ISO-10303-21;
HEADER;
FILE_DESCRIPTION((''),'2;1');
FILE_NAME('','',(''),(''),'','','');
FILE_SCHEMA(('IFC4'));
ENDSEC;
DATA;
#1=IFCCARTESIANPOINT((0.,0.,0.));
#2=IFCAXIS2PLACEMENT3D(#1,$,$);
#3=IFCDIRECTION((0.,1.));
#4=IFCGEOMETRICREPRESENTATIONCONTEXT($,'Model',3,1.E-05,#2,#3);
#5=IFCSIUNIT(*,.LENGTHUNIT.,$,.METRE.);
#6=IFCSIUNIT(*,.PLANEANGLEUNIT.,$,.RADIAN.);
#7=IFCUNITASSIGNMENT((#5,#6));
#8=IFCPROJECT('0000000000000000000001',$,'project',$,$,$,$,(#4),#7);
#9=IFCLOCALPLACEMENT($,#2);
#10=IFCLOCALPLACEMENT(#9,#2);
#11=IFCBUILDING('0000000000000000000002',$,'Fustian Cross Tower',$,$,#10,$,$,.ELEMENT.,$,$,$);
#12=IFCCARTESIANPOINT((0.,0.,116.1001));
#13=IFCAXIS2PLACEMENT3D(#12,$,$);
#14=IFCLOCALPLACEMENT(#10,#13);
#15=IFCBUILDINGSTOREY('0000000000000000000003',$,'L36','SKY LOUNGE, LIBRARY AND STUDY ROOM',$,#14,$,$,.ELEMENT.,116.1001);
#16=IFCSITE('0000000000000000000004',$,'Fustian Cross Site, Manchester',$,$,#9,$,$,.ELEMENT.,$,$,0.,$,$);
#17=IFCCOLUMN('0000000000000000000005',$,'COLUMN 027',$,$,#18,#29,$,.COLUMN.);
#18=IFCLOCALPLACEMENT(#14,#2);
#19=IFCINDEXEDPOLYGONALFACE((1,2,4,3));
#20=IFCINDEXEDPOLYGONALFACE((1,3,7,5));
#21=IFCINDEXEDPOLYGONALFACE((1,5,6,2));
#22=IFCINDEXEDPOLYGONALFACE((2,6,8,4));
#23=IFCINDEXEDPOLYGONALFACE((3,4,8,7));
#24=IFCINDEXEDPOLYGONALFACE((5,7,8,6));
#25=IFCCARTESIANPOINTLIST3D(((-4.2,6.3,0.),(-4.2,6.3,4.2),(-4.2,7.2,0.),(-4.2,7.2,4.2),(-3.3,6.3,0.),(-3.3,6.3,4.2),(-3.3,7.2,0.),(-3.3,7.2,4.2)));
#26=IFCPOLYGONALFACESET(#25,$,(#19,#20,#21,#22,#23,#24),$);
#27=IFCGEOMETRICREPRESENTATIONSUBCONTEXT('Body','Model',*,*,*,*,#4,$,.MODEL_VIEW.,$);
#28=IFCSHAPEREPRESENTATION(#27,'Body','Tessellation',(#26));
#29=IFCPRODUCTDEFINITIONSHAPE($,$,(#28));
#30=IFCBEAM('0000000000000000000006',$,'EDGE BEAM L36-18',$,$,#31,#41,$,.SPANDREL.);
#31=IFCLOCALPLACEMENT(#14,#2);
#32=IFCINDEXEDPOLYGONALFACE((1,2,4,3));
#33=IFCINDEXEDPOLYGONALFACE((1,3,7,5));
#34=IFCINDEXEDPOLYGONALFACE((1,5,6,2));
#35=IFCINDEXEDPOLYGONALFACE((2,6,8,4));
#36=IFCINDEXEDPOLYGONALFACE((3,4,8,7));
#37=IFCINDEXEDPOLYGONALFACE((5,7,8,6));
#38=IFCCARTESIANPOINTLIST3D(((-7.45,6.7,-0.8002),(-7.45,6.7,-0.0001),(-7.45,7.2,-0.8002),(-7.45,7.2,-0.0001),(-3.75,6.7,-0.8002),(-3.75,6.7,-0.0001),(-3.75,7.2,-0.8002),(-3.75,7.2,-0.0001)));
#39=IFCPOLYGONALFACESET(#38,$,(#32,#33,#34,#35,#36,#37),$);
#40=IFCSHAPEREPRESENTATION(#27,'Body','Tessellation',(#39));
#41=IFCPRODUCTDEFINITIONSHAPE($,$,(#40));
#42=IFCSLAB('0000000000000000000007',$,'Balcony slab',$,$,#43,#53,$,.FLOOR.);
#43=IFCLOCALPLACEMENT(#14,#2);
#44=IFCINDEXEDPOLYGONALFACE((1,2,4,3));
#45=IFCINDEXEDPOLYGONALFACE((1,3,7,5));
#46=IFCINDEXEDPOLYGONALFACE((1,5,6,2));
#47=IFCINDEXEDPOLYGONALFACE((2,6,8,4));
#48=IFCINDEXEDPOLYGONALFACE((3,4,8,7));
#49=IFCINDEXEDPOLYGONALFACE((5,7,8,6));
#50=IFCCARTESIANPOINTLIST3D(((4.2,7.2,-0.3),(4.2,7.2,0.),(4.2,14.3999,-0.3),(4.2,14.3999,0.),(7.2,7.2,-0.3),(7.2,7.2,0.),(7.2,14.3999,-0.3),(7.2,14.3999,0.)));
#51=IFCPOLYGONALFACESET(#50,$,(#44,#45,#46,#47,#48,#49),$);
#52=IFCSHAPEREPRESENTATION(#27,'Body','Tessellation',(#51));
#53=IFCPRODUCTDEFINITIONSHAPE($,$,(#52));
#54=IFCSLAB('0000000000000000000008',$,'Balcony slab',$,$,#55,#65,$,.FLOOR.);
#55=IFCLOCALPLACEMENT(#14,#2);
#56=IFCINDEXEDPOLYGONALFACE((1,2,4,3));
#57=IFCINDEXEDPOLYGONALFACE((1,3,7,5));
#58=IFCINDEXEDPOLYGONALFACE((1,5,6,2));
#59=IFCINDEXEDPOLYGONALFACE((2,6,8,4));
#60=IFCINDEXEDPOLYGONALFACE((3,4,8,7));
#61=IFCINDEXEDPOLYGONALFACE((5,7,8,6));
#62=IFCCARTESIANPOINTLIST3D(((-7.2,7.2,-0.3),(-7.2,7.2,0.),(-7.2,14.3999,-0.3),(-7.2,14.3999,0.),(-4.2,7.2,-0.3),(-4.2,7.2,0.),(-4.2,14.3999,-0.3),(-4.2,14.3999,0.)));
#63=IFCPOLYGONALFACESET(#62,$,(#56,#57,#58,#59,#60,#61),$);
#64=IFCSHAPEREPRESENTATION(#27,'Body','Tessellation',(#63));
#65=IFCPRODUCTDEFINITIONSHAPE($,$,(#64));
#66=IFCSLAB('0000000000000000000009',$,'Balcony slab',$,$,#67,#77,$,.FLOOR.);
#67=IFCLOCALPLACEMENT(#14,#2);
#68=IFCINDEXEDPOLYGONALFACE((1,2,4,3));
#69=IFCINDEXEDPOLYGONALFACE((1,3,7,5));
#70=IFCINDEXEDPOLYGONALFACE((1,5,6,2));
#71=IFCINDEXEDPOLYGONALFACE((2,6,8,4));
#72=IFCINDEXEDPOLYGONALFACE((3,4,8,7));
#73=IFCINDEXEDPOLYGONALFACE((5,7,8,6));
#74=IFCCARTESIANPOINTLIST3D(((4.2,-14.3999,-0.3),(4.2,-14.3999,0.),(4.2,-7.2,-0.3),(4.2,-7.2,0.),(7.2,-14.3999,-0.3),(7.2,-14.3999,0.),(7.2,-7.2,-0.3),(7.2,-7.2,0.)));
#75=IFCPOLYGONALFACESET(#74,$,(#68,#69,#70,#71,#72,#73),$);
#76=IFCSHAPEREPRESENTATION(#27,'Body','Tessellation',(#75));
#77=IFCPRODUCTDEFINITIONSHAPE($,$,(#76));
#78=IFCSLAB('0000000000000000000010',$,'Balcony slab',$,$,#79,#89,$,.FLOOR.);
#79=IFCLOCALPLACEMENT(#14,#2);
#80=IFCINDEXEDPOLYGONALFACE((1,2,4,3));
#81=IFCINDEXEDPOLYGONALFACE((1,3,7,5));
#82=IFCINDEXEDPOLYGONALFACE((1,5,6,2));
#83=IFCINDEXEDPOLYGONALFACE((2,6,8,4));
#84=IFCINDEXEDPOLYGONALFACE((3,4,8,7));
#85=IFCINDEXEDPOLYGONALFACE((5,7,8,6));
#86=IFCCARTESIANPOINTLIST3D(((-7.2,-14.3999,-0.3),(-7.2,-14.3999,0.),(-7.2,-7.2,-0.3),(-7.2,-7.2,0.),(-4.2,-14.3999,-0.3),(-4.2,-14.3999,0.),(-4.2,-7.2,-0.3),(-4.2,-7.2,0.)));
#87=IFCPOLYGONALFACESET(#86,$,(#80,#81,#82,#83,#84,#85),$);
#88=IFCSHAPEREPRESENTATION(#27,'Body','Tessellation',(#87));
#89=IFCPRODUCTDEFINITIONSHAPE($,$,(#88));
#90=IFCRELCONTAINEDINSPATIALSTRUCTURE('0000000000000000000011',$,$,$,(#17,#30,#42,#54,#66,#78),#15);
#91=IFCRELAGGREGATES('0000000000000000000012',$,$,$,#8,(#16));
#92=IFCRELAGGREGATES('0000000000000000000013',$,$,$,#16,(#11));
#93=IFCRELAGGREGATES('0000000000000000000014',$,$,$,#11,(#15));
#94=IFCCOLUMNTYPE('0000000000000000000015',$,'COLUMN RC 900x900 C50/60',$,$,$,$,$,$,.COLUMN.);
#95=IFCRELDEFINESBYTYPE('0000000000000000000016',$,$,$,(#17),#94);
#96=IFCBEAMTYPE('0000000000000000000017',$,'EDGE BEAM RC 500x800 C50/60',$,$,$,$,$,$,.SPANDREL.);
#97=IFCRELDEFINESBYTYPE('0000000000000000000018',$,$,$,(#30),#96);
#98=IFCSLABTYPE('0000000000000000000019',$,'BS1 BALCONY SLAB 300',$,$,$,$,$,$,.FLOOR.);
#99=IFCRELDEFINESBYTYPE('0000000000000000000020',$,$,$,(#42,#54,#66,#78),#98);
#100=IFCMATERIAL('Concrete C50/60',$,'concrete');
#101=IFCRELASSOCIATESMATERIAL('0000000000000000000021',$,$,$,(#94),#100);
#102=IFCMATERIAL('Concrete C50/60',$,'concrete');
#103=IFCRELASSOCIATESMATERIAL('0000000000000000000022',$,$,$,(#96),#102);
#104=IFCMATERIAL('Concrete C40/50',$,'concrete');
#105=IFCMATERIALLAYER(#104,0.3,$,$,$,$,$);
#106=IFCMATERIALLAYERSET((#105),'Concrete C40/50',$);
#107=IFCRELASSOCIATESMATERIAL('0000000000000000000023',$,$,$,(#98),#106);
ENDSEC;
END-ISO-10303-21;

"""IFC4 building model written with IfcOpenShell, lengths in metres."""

from ifc_helpers import new_model, si_unit, direction, frame, origin, origin_2d, place, context, subcontext, project, spatial, polyline, rectangle, outline, extrude, material, layer, layer_set, material_profile, profile_set, type_object, element, save


model = new_model("IFC4")

# Units and contexts
model_context = context("Model", 3, precision=1e-05, world=origin(), true_north=direction((0.0, 1.0)))
body_context = subcontext(model_context, "Body", "Model", "MODEL_VIEW")
ifc_project = project(units=[si_unit("LENGTHUNIT", "METRE"), si_unit("PLANEANGLEUNIT", "RADIAN")], contexts=[model_context])

# Site, building, storey
site_placement = place(None, origin())
site = spatial("IfcSite", under=ifc_project, at=site_placement, Name="Fustian Cross Site, Manchester", CompositionType="ELEMENT", RefElevation=0.0)
building_placement = place(site_placement, origin())
building = spatial("IfcBuilding", under=site, at=building_placement, Name="Fustian Cross Tower", CompositionType="ELEMENT")
storey_placement = place(building_placement, frame((0.0, 0.0, 116.1001)))
storey = spatial("IfcBuildingStorey", under=building, at=storey_placement, Name="L36", Description="SKY LOUNGE, LIBRARY AND STUDY ROOM", CompositionType="ELEMENT", Elevation=116.1001)

# Column
ifc_material_1 = material(Name="Concrete C50/60", Category="concrete")
ifc_material_profile_1 = material_profile(ifc_material_1, rectangle(XDim=0.8999, YDim=0.8999, at=origin_2d()), Name="RC 900x900")
ifc_profile_set_1 = profile_set([ifc_material_profile_1], Name="Concrete C50/60")
column_type = type_object("IfcColumnType", Name="COLUMN RC 900x900 C50/60", PredefinedType="COLUMN", material=ifc_profile_set_1)
column_placement = place(storey_placement, frame((-3.75, 6.75, 0.0), z_axis=(0.0, 0.0, 1.0), x_axis=(1.0, 0.0, 0.0)))
element("IfcColumn", 1, at=column_placement, inside=storey, type_object=column_type, Name="COLUMN 027", PredefinedType="COLUMN", context=body_context, shape_type="SweptSolid", body=[
    extrude(rectangle(XDim=0.8999, YDim=0.8999, at=origin_2d()), origin(), (0.0, 0.0, 1.0), 4.2),
])

# Beam
ifc_material_2 = material(Name="Concrete C50/60", Category="concrete")
ifc_material_profile_2 = material_profile(ifc_material_2, rectangle(XDim=0.5, YDim=0.8, at=origin_2d()), Name="RC 500x800")
ifc_profile_set_2 = profile_set([ifc_material_profile_2], Name="Concrete C50/60")
beam_type = type_object("IfcBeamType", Name="EDGE BEAM RC 500x800 C50/60", PredefinedType="SPANDREL", material=ifc_profile_set_2)
beam_placement = place(storey_placement, frame((-3.75, 6.95, -0.4001), z_axis=(-1.0, 0.0, 0.0), x_axis=(0.0, -1.0, 0.0)))
element("IfcBeam", 2, at=beam_placement, inside=storey, type_object=beam_type, Name="EDGE BEAM L36-18", PredefinedType="SPANDREL", context=body_context, shape_type="SweptSolid", body=[
    extrude(rectangle(XDim=0.5, YDim=0.8, at=origin_2d()), origin(), (0.0, 0.0, 1.0), 3.7),
])

# Slabs
ifc_material_3 = material(Name="Concrete C40/50", Category="concrete")
ifc_layer_1 = layer(ifc_material_3, 0.3)
ifc_layer_set_1 = layer_set([ifc_layer_1], Name="Concrete C40/50")
slab_type_1 = type_object("IfcSlabType", Name="BS1 BALCONY SLAB 300", PredefinedType="FLOOR", material=ifc_layer_set_1)
slab_1_placement = place(storey_placement, frame((0.0, 0.0, -0.3)))
element("IfcSlab", 3, at=slab_1_placement, inside=storey, type_object=slab_type_1, Name="Balcony slab", PredefinedType="FLOOR", context=body_context, shape_type="SweptSolid", body=[
    extrude(outline(polyline([(4.2, 7.2), (7.2, 7.2), (7.2, 14.3999), (4.2, 14.3999), (4.2, 7.2)])), origin(), (0.0, 0.0, 1.0), 0.3),
])
slab_2_placement = place(storey_placement, frame((0.0, 0.0, -0.3)))
element("IfcSlab", 4, at=slab_2_placement, inside=storey, type_object=slab_type_1, Name="Balcony slab", PredefinedType="FLOOR", context=body_context, shape_type="SweptSolid", body=[
    extrude(outline(polyline([(-7.2, 7.2), (-4.2, 7.2), (-4.2, 14.3999), (-7.2, 14.3999), (-7.2, 7.2)])), origin(), (0.0, 0.0, 1.0), 0.3),
])
slab_3_placement = place(storey_placement, frame((0.0, 0.0, -0.3)))
element("IfcSlab", 5, at=slab_3_placement, inside=storey, type_object=slab_type_1, Name="Balcony slab", PredefinedType="FLOOR", context=body_context, shape_type="SweptSolid", body=[
    extrude(outline(polyline([(4.2, -14.3999), (7.2, -14.3999), (7.2, -7.2), (4.2, -7.2), (4.2, -14.3999)])), origin(), (0.0, 0.0, 1.0), 0.3),
])
slab_4_placement = place(storey_placement, frame((0.0, 0.0, -0.3)))
element("IfcSlab", 6, at=slab_4_placement, inside=storey, type_object=slab_type_1, Name="Balcony slab", PredefinedType="FLOOR", context=body_context, shape_type="SweptSolid", body=[
    extrude(outline(polyline([(-7.2, -14.3999), (-4.2, -14.3999), (-4.2, -7.2), (-7.2, -7.2), (-7.2, -14.3999)])), origin(), (0.0, 0.0, 1.0), 0.3),
])

save(model, "model.ifc")
